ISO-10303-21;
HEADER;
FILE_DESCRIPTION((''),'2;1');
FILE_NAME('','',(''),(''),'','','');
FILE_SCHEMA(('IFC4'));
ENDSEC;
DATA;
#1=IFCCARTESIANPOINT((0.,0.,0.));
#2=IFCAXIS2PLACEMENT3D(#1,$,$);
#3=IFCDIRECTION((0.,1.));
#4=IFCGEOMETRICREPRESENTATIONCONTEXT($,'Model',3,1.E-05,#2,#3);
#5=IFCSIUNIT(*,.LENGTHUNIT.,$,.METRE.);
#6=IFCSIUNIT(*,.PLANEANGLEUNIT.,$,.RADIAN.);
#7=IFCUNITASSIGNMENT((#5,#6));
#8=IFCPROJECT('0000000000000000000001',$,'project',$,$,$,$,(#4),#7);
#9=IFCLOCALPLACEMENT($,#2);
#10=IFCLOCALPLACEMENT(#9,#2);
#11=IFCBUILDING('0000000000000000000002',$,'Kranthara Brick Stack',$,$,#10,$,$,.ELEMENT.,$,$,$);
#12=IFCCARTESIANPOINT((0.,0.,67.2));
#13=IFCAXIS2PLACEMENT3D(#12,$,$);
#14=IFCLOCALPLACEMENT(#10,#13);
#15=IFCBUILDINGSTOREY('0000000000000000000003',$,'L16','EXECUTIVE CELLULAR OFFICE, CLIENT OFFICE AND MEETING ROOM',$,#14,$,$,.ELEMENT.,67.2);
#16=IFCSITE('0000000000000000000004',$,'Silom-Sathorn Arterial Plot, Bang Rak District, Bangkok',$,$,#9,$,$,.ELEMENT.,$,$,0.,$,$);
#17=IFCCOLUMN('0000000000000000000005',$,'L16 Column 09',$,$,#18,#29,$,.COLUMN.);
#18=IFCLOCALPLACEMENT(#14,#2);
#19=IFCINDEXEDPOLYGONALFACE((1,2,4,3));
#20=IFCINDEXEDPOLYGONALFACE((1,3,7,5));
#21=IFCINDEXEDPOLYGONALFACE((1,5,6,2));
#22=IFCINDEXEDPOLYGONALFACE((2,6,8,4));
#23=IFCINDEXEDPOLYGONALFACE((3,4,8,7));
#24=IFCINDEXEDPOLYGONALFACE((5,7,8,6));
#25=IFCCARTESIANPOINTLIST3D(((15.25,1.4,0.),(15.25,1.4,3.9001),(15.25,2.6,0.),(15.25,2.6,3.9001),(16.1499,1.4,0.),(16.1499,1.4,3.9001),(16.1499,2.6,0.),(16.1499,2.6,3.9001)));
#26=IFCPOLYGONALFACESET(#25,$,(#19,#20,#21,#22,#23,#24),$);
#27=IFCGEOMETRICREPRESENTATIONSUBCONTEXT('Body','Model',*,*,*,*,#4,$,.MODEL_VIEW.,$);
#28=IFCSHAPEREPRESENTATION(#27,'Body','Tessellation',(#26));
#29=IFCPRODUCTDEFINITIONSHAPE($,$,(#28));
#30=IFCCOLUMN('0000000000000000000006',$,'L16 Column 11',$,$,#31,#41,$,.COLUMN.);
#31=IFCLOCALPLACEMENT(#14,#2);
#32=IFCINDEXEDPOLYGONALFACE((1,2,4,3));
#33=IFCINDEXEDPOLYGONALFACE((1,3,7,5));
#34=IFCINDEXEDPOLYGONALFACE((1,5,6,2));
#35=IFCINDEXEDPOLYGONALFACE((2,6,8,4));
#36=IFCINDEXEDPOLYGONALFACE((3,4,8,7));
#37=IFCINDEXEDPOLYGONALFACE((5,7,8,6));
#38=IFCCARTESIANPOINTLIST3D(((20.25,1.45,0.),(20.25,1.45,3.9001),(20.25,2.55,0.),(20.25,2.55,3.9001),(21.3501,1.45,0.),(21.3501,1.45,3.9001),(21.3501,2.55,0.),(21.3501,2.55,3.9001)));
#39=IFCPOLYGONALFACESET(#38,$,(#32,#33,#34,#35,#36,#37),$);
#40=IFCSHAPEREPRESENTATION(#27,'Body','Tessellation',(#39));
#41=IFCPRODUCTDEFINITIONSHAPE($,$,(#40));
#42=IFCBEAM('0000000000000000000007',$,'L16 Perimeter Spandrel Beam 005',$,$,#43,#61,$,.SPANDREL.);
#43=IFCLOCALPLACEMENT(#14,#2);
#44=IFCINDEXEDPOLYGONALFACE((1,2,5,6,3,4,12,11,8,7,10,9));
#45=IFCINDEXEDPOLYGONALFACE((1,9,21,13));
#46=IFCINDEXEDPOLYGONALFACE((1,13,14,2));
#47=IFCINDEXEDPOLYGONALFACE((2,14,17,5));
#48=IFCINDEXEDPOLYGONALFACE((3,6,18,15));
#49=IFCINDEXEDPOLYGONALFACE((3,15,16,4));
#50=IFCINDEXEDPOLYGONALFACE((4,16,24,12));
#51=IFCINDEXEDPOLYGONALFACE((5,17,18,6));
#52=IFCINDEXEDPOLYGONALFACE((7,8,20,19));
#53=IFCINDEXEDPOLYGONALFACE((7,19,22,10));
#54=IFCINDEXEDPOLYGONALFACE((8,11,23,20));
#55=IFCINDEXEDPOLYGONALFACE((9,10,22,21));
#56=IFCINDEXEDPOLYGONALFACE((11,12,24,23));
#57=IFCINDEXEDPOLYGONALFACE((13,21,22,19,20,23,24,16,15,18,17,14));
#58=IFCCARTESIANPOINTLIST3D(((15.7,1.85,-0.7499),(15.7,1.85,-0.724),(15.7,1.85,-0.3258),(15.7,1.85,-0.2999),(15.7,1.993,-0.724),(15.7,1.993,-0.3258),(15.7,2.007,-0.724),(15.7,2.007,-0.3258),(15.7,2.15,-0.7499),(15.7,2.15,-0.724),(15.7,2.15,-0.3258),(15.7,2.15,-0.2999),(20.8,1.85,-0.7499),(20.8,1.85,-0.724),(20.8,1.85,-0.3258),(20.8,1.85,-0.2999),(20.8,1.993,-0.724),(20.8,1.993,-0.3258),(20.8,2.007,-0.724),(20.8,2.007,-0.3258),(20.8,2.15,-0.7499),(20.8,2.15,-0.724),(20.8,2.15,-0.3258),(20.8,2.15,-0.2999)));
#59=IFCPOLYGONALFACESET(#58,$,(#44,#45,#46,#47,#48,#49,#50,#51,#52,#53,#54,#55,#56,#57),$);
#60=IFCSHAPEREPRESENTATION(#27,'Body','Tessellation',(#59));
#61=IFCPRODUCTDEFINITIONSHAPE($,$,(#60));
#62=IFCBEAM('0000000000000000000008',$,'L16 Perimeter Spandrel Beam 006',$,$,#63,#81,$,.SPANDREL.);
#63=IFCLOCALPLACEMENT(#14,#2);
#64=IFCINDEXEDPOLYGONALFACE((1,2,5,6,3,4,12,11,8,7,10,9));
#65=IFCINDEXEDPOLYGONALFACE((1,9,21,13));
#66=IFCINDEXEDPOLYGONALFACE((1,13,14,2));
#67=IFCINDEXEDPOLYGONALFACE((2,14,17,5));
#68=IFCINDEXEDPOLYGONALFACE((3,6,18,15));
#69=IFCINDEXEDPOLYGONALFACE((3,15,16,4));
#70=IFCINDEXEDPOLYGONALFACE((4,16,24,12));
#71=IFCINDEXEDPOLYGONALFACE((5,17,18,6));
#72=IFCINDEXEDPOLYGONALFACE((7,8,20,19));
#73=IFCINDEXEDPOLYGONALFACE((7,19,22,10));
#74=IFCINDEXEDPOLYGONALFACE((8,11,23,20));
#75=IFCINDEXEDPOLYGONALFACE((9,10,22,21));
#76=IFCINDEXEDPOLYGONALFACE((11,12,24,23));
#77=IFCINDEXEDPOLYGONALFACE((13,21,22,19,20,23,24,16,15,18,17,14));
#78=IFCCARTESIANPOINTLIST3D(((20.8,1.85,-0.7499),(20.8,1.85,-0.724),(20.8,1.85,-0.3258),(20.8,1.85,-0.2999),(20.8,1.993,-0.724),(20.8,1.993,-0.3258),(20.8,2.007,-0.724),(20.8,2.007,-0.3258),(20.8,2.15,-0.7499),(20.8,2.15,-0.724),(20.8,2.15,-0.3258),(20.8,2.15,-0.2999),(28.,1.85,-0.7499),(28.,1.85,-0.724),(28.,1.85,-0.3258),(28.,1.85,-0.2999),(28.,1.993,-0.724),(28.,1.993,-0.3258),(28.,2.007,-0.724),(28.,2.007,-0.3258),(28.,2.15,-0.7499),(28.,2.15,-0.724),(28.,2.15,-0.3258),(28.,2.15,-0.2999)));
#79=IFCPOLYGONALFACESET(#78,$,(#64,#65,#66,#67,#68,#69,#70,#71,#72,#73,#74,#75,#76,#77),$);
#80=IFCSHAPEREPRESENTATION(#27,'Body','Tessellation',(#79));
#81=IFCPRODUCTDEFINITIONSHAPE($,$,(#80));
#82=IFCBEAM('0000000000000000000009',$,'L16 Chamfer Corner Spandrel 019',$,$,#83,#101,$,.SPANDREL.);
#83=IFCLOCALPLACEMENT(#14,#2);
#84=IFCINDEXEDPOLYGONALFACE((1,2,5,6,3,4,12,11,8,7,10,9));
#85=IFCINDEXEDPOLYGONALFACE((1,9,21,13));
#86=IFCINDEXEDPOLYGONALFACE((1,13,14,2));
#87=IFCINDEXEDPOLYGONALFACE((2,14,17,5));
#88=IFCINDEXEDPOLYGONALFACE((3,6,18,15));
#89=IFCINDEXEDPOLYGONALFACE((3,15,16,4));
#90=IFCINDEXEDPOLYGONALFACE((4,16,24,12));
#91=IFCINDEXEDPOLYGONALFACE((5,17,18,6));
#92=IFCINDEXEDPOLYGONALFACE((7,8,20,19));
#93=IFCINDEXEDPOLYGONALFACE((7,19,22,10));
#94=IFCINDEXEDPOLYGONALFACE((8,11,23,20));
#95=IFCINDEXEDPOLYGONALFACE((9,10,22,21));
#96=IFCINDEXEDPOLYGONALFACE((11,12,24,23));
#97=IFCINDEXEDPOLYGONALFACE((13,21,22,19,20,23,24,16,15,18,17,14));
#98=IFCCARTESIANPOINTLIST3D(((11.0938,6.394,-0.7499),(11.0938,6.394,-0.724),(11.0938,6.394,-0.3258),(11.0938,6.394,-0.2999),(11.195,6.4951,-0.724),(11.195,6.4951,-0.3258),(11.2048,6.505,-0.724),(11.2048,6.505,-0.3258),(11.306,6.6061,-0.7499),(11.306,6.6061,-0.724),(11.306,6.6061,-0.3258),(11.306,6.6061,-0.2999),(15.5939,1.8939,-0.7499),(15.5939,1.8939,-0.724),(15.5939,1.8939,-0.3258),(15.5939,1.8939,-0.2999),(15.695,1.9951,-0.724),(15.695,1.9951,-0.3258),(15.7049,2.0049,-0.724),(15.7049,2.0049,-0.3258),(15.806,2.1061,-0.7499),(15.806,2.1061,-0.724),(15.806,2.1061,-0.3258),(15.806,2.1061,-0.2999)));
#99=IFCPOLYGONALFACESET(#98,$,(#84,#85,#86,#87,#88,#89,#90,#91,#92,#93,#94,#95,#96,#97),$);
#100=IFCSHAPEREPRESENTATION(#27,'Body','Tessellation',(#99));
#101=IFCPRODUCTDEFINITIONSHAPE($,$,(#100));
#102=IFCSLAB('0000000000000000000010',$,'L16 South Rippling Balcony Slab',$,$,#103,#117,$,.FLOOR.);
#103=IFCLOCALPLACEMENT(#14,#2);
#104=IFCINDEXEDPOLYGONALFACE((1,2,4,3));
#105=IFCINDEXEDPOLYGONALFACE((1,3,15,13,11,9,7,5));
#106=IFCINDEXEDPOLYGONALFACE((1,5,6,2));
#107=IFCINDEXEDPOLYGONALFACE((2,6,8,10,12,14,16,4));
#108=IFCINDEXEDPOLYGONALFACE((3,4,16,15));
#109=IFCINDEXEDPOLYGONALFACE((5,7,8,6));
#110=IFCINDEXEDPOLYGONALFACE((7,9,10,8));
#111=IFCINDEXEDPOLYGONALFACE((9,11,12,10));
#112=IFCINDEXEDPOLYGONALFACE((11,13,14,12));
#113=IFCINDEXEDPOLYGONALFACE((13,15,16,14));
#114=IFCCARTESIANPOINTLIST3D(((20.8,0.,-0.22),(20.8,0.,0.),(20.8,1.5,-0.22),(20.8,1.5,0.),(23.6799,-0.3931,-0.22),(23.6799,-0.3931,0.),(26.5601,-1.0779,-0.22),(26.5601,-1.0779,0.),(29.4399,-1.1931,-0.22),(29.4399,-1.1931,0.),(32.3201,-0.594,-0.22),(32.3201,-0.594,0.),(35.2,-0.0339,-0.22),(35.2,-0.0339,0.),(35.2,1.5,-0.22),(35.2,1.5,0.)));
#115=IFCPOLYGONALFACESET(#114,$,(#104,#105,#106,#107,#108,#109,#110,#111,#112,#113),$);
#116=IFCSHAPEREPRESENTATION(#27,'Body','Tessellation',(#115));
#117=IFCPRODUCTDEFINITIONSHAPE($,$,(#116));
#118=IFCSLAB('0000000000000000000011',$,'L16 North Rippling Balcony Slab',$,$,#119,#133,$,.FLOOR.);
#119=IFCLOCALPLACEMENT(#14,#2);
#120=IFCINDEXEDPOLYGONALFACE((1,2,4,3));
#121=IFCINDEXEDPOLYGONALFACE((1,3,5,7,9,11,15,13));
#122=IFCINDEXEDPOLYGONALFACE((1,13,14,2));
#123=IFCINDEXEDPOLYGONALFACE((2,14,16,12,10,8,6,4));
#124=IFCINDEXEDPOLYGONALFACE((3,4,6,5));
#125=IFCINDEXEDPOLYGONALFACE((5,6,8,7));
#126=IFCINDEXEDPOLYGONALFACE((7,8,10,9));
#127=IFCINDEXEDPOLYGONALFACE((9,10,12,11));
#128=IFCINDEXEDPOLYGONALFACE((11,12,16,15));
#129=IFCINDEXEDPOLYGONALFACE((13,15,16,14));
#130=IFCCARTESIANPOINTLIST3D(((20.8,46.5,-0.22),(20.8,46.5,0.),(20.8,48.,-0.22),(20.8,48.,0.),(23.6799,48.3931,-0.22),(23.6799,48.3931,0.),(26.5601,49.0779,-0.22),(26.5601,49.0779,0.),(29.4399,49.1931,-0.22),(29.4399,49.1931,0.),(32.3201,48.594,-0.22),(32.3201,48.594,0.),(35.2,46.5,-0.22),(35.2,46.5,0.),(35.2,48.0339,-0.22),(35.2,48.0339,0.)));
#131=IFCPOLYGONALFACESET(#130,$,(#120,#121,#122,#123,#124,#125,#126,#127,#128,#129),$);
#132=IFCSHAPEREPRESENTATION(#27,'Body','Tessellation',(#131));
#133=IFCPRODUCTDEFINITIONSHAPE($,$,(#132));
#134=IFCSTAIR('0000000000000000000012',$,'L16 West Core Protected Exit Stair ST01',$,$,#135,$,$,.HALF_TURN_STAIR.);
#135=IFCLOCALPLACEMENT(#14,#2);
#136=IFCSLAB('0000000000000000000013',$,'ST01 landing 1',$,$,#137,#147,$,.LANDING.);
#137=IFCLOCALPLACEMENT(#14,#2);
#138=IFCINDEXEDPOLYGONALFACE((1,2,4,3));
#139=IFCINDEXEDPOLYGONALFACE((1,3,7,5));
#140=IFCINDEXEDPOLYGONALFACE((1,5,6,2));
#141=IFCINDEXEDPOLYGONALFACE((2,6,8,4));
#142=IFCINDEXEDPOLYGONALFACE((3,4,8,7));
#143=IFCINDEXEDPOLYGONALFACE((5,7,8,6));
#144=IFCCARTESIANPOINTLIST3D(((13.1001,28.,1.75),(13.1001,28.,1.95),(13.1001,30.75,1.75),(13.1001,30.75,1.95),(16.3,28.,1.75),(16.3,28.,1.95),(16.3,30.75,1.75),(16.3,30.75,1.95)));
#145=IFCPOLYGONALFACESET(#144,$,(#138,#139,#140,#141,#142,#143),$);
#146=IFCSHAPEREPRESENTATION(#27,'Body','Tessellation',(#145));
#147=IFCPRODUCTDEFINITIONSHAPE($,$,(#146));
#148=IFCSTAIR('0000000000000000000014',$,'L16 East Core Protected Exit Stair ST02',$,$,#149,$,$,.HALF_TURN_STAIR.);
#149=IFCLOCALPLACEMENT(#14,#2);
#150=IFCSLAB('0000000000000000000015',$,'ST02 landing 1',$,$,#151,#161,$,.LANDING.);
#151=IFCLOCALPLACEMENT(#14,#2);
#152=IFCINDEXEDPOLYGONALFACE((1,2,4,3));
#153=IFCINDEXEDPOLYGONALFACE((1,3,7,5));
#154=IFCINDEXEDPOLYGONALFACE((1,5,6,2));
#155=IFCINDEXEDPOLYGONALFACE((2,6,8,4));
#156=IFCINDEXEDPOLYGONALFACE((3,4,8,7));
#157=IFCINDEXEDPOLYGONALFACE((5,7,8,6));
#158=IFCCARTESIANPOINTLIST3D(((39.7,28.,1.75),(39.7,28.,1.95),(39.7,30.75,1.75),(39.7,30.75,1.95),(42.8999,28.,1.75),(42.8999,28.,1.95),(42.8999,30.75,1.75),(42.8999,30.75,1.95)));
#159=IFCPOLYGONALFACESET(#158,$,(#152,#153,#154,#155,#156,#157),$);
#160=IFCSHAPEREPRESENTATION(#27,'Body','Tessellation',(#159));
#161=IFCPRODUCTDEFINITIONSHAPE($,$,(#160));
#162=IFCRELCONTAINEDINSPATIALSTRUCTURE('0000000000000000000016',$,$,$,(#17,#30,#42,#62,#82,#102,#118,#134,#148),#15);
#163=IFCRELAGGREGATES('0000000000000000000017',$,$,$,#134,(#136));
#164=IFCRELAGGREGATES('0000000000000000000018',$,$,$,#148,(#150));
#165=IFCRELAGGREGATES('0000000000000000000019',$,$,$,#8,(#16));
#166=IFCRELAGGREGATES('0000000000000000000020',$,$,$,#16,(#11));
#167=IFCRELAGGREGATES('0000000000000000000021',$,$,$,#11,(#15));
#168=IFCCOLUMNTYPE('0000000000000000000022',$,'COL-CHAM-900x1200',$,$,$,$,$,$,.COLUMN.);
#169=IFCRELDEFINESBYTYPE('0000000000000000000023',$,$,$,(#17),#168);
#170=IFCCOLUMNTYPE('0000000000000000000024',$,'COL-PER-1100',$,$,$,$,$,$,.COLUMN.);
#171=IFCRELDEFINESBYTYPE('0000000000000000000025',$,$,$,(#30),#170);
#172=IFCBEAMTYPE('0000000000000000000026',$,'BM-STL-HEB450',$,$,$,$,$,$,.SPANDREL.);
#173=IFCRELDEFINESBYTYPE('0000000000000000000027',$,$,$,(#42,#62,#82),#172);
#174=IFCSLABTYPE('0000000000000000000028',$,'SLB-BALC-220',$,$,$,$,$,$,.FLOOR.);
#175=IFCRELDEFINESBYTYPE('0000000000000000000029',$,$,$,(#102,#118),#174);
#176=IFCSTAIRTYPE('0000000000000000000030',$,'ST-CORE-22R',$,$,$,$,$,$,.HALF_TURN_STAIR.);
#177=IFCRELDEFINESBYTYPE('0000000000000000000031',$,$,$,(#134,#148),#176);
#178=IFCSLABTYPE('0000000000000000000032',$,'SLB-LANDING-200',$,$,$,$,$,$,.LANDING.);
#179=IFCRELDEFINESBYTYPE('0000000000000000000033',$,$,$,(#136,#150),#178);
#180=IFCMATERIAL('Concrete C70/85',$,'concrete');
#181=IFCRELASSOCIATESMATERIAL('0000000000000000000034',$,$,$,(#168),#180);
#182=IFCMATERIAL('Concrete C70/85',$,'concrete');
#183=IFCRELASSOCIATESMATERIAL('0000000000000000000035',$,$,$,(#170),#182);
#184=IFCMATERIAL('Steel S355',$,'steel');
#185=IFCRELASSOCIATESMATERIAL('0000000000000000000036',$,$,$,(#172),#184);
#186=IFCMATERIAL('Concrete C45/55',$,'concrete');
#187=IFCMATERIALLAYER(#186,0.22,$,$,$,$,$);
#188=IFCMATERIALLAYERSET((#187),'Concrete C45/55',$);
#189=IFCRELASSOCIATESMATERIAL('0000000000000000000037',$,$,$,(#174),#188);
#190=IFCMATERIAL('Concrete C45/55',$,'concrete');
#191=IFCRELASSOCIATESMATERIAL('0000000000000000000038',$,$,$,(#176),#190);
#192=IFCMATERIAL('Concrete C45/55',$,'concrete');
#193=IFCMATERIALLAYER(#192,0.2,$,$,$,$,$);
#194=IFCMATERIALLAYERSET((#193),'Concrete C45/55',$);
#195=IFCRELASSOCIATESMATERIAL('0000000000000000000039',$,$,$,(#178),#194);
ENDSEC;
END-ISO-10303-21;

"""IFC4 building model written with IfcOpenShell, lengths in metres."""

from ifc_helpers import new_model, si_unit, direction, frame, origin, origin_2d, place, context, subcontext, project, spatial, polyline, rectangle, i_section, outline, extrude, material, layer, layer_set, material_profile, profile_set, type_object, element, aggregate, save


model = new_model("IFC4")

# Units and contexts
model_context = context("Model", 3, precision=1e-05, world=origin(), true_north=direction((0.0, 1.0)))
body_context = subcontext(model_context, "Body", "Model", "MODEL_VIEW")
ifc_project = project(units=[si_unit("LENGTHUNIT", "METRE"), si_unit("PLANEANGLEUNIT", "RADIAN")], contexts=[model_context])

# Site, building, storey
site_placement = place(None, origin())
site = spatial("IfcSite", under=ifc_project, at=site_placement, Name="Silom-Sathorn Arterial Plot, Bang Rak District, Bangkok", CompositionType="ELEMENT", RefElevation=0.0)
building_placement = place(site_placement, origin())
building = spatial("IfcBuilding", under=site, at=building_placement, Name="Kranthara Brick Stack", CompositionType="ELEMENT")
storey_placement = place(building_placement, frame((0.0, 0.0, 67.2)))
storey = spatial("IfcBuildingStorey", under=building, at=storey_placement, Name="L16", Description="EXECUTIVE CELLULAR OFFICE, CLIENT OFFICE AND MEETING ROOM", CompositionType="ELEMENT", Elevation=67.2)

# Columns
ifc_material_1 = material(Name="Concrete C70/85", Category="concrete")
ifc_material_profile_1 = material_profile(ifc_material_1, rectangle(XDim=0.8999, YDim=1.2, at=origin_2d()), Name="RC 900x1200")
ifc_profile_set_1 = profile_set([ifc_material_profile_1], Name="Concrete C70/85")
column_type_1 = type_object("IfcColumnType", Name="COL-CHAM-900x1200", PredefinedType="COLUMN", material=ifc_profile_set_1)
column_1_placement = place(storey_placement, frame((15.7, 2.0, 0.0), z_axis=(0.0, 0.0, 1.0), x_axis=(1.0, 0.0, 0.0)))
element("IfcColumn", 1, at=column_1_placement, inside=storey, type_object=column_type_1, Name="L16 Column 09", PredefinedType="COLUMN", context=body_context, shape_type="SweptSolid", body=[
    extrude(rectangle(XDim=0.8999, YDim=1.2, at=origin_2d()), origin(), (0.0, 0.0, 1.0), 3.9001),
])
ifc_material_2 = material(Name="Concrete C70/85", Category="concrete")
ifc_material_profile_2 = material_profile(ifc_material_2, rectangle(XDim=1.1001, YDim=1.1001, at=origin_2d()), Name="RC 1100x1100")
ifc_profile_set_2 = profile_set([ifc_material_profile_2], Name="Concrete C70/85")
column_type_2 = type_object("IfcColumnType", Name="COL-PER-1100", PredefinedType="COLUMN", material=ifc_profile_set_2)
column_2_placement = place(storey_placement, frame((20.8, 2.0, 0.0), z_axis=(0.0, 0.0, 1.0), x_axis=(1.0, 0.0, 0.0)))
element("IfcColumn", 2, at=column_2_placement, inside=storey, type_object=column_type_2, Name="L16 Column 11", PredefinedType="COLUMN", context=body_context, shape_type="SweptSolid", body=[
    extrude(rectangle(XDim=1.1001, YDim=1.1001, at=origin_2d()), origin(), (0.0, 0.0, 1.0), 3.9001),
])

# Beams
ifc_material_3 = material(Name="Steel S355", Category="steel")
ifc_material_profile_3 = material_profile(ifc_material_3, i_section(OverallWidth=0.3, OverallDepth=0.45, WebThickness=0.0139, FlangeThickness=0.0259, at=origin_2d()), Name="HEB 450")
ifc_profile_set_3 = profile_set([ifc_material_profile_3], Name="Steel S355")
beam_type = type_object("IfcBeamType", Name="BM-STL-HEB450", PredefinedType="SPANDREL", material=ifc_profile_set_3)
beam_1_placement = place(storey_placement, frame((15.7, 2.0, -0.5249), z_axis=(1.0, 0.0, 0.0), x_axis=(0.0, 1.0, 0.0)))
element("IfcBeam", 3, at=beam_1_placement, inside=storey, type_object=beam_type, Name="L16 Perimeter Spandrel Beam 005", PredefinedType="SPANDREL", context=body_context, shape_type="SweptSolid", body=[
    extrude(i_section(OverallWidth=0.3, OverallDepth=0.45, WebThickness=0.0139, FlangeThickness=0.0259, at=origin_2d()), origin(), (0.0, 0.0, 1.0), 5.1001),
])
beam_2_placement = place(storey_placement, frame((20.8, 2.0, -0.5249), z_axis=(1.0, 0.0, 0.0), x_axis=(0.0, 1.0, 0.0)))
element("IfcBeam", 4, at=beam_2_placement, inside=storey, type_object=beam_type, Name="L16 Perimeter Spandrel Beam 006", PredefinedType="SPANDREL", context=body_context, shape_type="SweptSolid", body=[
    extrude(i_section(OverallWidth=0.3, OverallDepth=0.45, WebThickness=0.0139, FlangeThickness=0.0259, at=origin_2d()), origin(), (0.0, 0.0, 1.0), 7.2),
])
beam_3_placement = place(storey_placement, frame((15.7, 2.0, -0.5249), z_axis=(-0.707107, 0.707107, 0.0), x_axis=(-0.707107, -0.707107, 0.0)))
element("IfcBeam", 5, at=beam_3_placement, inside=storey, type_object=beam_type, Name="L16 Chamfer Corner Spandrel 019", PredefinedType="SPANDREL", context=body_context, shape_type="SweptSolid", body=[
    extrude(i_section(OverallWidth=0.3, OverallDepth=0.45, WebThickness=0.0139, FlangeThickness=0.0259, at=origin_2d()), origin(), (0.0, 0.0, 1.0), 6.364),
])

# Slabs
ifc_material_4 = material(Name="Concrete C45/55", Category="concrete")
ifc_layer_1 = layer(ifc_material_4, 0.22)
ifc_layer_set_1 = layer_set([ifc_layer_1], Name="Concrete C45/55")
slab_type_1 = type_object("IfcSlabType", Name="SLB-BALC-220", PredefinedType="FLOOR", material=ifc_layer_set_1)
slab_1_placement = place(storey_placement, frame((0.0, 0.0, -0.22)))
element("IfcSlab", 6, at=slab_1_placement, inside=storey, type_object=slab_type_1, Name="L16 South Rippling Balcony Slab", PredefinedType="FLOOR", context=body_context, shape_type="SweptSolid", body=[
    extrude(outline(polyline([(20.8, 1.5), (35.2, 1.5), (35.2, -0.0339), (32.3201, -0.594), (29.4399, -1.1931), (26.5601, -1.0779), (23.6799, -0.3931), (20.8, 0.0), (20.8, 1.5)])), origin(), (0.0, 0.0, 1.0), 0.22),
])
slab_2_placement = place(storey_placement, frame((0.0, 0.0, -0.22)))
element("IfcSlab", 7, at=slab_2_placement, inside=storey, type_object=slab_type_1, Name="L16 North Rippling Balcony Slab", PredefinedType="FLOOR", context=body_context, shape_type="SweptSolid", body=[
    extrude(outline(polyline([(35.2, 46.5), (20.8, 46.5), (20.8, 48.0), (23.6799, 48.3931), (26.5601, 49.0779), (29.4399, 49.1931), (32.3201, 48.594), (35.2, 48.0339), (35.2, 46.5)])), origin(), (0.0, 0.0, 1.0), 0.22),
])

# Stairs, slabs
ifc_material_5 = material(Name="Concrete C45/55", Category="concrete")
stair_type = type_object("IfcStairType", Name="ST-CORE-22R", PredefinedType="HALF_TURN_STAIR", material=ifc_material_5)
stair_1_placement = place(storey_placement, origin())
stair_1 = element("IfcStair", 8, at=stair_1_placement, inside=storey, type_object=stair_type, Name="L16 West Core Protected Exit Stair ST01", PredefinedType="HALF_TURN_STAIR")
ifc_material_6 = material(Name="Concrete C45/55", Category="concrete")
ifc_layer_2 = layer(ifc_material_6, 0.2)
ifc_layer_set_2 = layer_set([ifc_layer_2], Name="Concrete C45/55")
slab_type_2 = type_object("IfcSlabType", Name="SLB-LANDING-200", PredefinedType="LANDING", material=ifc_layer_set_2)
slab_3_placement = place(storey_placement, frame((0.0, 0.0, 1.75)))
slab_3 = element("IfcSlab", 9, at=slab_3_placement, type_object=slab_type_2, Name="ST01 landing 1", PredefinedType="LANDING", context=body_context, shape_type="SweptSolid", body=[
    extrude(outline(polyline([(16.3, 28.0), (16.3, 30.75), (13.1001, 30.75), (13.1001, 28.0), (16.3, 28.0)])), origin(), (0.0, 0.0, 1.0), 0.2),
])
aggregate(stair_1, [slab_3])
stair_2_placement = place(storey_placement, origin())
stair_2 = element("IfcStair", 10, at=stair_2_placement, inside=storey, type_object=stair_type, Name="L16 East Core Protected Exit Stair ST02", PredefinedType="HALF_TURN_STAIR")
slab_4_placement = place(storey_placement, frame((0.0, 0.0, 1.75)))
slab_4 = element("IfcSlab", 11, at=slab_4_placement, type_object=slab_type_2, Name="ST02 landing 1", PredefinedType="LANDING", context=body_context, shape_type="SweptSolid", body=[
    extrude(outline(polyline([(42.8999, 28.0), (42.8999, 30.75), (39.7, 30.75), (39.7, 28.0), (42.8999, 28.0)])), origin(), (0.0, 0.0, 1.0), 0.2),
])
aggregate(stair_2, [slab_4])

save(model, "model.ifc")
